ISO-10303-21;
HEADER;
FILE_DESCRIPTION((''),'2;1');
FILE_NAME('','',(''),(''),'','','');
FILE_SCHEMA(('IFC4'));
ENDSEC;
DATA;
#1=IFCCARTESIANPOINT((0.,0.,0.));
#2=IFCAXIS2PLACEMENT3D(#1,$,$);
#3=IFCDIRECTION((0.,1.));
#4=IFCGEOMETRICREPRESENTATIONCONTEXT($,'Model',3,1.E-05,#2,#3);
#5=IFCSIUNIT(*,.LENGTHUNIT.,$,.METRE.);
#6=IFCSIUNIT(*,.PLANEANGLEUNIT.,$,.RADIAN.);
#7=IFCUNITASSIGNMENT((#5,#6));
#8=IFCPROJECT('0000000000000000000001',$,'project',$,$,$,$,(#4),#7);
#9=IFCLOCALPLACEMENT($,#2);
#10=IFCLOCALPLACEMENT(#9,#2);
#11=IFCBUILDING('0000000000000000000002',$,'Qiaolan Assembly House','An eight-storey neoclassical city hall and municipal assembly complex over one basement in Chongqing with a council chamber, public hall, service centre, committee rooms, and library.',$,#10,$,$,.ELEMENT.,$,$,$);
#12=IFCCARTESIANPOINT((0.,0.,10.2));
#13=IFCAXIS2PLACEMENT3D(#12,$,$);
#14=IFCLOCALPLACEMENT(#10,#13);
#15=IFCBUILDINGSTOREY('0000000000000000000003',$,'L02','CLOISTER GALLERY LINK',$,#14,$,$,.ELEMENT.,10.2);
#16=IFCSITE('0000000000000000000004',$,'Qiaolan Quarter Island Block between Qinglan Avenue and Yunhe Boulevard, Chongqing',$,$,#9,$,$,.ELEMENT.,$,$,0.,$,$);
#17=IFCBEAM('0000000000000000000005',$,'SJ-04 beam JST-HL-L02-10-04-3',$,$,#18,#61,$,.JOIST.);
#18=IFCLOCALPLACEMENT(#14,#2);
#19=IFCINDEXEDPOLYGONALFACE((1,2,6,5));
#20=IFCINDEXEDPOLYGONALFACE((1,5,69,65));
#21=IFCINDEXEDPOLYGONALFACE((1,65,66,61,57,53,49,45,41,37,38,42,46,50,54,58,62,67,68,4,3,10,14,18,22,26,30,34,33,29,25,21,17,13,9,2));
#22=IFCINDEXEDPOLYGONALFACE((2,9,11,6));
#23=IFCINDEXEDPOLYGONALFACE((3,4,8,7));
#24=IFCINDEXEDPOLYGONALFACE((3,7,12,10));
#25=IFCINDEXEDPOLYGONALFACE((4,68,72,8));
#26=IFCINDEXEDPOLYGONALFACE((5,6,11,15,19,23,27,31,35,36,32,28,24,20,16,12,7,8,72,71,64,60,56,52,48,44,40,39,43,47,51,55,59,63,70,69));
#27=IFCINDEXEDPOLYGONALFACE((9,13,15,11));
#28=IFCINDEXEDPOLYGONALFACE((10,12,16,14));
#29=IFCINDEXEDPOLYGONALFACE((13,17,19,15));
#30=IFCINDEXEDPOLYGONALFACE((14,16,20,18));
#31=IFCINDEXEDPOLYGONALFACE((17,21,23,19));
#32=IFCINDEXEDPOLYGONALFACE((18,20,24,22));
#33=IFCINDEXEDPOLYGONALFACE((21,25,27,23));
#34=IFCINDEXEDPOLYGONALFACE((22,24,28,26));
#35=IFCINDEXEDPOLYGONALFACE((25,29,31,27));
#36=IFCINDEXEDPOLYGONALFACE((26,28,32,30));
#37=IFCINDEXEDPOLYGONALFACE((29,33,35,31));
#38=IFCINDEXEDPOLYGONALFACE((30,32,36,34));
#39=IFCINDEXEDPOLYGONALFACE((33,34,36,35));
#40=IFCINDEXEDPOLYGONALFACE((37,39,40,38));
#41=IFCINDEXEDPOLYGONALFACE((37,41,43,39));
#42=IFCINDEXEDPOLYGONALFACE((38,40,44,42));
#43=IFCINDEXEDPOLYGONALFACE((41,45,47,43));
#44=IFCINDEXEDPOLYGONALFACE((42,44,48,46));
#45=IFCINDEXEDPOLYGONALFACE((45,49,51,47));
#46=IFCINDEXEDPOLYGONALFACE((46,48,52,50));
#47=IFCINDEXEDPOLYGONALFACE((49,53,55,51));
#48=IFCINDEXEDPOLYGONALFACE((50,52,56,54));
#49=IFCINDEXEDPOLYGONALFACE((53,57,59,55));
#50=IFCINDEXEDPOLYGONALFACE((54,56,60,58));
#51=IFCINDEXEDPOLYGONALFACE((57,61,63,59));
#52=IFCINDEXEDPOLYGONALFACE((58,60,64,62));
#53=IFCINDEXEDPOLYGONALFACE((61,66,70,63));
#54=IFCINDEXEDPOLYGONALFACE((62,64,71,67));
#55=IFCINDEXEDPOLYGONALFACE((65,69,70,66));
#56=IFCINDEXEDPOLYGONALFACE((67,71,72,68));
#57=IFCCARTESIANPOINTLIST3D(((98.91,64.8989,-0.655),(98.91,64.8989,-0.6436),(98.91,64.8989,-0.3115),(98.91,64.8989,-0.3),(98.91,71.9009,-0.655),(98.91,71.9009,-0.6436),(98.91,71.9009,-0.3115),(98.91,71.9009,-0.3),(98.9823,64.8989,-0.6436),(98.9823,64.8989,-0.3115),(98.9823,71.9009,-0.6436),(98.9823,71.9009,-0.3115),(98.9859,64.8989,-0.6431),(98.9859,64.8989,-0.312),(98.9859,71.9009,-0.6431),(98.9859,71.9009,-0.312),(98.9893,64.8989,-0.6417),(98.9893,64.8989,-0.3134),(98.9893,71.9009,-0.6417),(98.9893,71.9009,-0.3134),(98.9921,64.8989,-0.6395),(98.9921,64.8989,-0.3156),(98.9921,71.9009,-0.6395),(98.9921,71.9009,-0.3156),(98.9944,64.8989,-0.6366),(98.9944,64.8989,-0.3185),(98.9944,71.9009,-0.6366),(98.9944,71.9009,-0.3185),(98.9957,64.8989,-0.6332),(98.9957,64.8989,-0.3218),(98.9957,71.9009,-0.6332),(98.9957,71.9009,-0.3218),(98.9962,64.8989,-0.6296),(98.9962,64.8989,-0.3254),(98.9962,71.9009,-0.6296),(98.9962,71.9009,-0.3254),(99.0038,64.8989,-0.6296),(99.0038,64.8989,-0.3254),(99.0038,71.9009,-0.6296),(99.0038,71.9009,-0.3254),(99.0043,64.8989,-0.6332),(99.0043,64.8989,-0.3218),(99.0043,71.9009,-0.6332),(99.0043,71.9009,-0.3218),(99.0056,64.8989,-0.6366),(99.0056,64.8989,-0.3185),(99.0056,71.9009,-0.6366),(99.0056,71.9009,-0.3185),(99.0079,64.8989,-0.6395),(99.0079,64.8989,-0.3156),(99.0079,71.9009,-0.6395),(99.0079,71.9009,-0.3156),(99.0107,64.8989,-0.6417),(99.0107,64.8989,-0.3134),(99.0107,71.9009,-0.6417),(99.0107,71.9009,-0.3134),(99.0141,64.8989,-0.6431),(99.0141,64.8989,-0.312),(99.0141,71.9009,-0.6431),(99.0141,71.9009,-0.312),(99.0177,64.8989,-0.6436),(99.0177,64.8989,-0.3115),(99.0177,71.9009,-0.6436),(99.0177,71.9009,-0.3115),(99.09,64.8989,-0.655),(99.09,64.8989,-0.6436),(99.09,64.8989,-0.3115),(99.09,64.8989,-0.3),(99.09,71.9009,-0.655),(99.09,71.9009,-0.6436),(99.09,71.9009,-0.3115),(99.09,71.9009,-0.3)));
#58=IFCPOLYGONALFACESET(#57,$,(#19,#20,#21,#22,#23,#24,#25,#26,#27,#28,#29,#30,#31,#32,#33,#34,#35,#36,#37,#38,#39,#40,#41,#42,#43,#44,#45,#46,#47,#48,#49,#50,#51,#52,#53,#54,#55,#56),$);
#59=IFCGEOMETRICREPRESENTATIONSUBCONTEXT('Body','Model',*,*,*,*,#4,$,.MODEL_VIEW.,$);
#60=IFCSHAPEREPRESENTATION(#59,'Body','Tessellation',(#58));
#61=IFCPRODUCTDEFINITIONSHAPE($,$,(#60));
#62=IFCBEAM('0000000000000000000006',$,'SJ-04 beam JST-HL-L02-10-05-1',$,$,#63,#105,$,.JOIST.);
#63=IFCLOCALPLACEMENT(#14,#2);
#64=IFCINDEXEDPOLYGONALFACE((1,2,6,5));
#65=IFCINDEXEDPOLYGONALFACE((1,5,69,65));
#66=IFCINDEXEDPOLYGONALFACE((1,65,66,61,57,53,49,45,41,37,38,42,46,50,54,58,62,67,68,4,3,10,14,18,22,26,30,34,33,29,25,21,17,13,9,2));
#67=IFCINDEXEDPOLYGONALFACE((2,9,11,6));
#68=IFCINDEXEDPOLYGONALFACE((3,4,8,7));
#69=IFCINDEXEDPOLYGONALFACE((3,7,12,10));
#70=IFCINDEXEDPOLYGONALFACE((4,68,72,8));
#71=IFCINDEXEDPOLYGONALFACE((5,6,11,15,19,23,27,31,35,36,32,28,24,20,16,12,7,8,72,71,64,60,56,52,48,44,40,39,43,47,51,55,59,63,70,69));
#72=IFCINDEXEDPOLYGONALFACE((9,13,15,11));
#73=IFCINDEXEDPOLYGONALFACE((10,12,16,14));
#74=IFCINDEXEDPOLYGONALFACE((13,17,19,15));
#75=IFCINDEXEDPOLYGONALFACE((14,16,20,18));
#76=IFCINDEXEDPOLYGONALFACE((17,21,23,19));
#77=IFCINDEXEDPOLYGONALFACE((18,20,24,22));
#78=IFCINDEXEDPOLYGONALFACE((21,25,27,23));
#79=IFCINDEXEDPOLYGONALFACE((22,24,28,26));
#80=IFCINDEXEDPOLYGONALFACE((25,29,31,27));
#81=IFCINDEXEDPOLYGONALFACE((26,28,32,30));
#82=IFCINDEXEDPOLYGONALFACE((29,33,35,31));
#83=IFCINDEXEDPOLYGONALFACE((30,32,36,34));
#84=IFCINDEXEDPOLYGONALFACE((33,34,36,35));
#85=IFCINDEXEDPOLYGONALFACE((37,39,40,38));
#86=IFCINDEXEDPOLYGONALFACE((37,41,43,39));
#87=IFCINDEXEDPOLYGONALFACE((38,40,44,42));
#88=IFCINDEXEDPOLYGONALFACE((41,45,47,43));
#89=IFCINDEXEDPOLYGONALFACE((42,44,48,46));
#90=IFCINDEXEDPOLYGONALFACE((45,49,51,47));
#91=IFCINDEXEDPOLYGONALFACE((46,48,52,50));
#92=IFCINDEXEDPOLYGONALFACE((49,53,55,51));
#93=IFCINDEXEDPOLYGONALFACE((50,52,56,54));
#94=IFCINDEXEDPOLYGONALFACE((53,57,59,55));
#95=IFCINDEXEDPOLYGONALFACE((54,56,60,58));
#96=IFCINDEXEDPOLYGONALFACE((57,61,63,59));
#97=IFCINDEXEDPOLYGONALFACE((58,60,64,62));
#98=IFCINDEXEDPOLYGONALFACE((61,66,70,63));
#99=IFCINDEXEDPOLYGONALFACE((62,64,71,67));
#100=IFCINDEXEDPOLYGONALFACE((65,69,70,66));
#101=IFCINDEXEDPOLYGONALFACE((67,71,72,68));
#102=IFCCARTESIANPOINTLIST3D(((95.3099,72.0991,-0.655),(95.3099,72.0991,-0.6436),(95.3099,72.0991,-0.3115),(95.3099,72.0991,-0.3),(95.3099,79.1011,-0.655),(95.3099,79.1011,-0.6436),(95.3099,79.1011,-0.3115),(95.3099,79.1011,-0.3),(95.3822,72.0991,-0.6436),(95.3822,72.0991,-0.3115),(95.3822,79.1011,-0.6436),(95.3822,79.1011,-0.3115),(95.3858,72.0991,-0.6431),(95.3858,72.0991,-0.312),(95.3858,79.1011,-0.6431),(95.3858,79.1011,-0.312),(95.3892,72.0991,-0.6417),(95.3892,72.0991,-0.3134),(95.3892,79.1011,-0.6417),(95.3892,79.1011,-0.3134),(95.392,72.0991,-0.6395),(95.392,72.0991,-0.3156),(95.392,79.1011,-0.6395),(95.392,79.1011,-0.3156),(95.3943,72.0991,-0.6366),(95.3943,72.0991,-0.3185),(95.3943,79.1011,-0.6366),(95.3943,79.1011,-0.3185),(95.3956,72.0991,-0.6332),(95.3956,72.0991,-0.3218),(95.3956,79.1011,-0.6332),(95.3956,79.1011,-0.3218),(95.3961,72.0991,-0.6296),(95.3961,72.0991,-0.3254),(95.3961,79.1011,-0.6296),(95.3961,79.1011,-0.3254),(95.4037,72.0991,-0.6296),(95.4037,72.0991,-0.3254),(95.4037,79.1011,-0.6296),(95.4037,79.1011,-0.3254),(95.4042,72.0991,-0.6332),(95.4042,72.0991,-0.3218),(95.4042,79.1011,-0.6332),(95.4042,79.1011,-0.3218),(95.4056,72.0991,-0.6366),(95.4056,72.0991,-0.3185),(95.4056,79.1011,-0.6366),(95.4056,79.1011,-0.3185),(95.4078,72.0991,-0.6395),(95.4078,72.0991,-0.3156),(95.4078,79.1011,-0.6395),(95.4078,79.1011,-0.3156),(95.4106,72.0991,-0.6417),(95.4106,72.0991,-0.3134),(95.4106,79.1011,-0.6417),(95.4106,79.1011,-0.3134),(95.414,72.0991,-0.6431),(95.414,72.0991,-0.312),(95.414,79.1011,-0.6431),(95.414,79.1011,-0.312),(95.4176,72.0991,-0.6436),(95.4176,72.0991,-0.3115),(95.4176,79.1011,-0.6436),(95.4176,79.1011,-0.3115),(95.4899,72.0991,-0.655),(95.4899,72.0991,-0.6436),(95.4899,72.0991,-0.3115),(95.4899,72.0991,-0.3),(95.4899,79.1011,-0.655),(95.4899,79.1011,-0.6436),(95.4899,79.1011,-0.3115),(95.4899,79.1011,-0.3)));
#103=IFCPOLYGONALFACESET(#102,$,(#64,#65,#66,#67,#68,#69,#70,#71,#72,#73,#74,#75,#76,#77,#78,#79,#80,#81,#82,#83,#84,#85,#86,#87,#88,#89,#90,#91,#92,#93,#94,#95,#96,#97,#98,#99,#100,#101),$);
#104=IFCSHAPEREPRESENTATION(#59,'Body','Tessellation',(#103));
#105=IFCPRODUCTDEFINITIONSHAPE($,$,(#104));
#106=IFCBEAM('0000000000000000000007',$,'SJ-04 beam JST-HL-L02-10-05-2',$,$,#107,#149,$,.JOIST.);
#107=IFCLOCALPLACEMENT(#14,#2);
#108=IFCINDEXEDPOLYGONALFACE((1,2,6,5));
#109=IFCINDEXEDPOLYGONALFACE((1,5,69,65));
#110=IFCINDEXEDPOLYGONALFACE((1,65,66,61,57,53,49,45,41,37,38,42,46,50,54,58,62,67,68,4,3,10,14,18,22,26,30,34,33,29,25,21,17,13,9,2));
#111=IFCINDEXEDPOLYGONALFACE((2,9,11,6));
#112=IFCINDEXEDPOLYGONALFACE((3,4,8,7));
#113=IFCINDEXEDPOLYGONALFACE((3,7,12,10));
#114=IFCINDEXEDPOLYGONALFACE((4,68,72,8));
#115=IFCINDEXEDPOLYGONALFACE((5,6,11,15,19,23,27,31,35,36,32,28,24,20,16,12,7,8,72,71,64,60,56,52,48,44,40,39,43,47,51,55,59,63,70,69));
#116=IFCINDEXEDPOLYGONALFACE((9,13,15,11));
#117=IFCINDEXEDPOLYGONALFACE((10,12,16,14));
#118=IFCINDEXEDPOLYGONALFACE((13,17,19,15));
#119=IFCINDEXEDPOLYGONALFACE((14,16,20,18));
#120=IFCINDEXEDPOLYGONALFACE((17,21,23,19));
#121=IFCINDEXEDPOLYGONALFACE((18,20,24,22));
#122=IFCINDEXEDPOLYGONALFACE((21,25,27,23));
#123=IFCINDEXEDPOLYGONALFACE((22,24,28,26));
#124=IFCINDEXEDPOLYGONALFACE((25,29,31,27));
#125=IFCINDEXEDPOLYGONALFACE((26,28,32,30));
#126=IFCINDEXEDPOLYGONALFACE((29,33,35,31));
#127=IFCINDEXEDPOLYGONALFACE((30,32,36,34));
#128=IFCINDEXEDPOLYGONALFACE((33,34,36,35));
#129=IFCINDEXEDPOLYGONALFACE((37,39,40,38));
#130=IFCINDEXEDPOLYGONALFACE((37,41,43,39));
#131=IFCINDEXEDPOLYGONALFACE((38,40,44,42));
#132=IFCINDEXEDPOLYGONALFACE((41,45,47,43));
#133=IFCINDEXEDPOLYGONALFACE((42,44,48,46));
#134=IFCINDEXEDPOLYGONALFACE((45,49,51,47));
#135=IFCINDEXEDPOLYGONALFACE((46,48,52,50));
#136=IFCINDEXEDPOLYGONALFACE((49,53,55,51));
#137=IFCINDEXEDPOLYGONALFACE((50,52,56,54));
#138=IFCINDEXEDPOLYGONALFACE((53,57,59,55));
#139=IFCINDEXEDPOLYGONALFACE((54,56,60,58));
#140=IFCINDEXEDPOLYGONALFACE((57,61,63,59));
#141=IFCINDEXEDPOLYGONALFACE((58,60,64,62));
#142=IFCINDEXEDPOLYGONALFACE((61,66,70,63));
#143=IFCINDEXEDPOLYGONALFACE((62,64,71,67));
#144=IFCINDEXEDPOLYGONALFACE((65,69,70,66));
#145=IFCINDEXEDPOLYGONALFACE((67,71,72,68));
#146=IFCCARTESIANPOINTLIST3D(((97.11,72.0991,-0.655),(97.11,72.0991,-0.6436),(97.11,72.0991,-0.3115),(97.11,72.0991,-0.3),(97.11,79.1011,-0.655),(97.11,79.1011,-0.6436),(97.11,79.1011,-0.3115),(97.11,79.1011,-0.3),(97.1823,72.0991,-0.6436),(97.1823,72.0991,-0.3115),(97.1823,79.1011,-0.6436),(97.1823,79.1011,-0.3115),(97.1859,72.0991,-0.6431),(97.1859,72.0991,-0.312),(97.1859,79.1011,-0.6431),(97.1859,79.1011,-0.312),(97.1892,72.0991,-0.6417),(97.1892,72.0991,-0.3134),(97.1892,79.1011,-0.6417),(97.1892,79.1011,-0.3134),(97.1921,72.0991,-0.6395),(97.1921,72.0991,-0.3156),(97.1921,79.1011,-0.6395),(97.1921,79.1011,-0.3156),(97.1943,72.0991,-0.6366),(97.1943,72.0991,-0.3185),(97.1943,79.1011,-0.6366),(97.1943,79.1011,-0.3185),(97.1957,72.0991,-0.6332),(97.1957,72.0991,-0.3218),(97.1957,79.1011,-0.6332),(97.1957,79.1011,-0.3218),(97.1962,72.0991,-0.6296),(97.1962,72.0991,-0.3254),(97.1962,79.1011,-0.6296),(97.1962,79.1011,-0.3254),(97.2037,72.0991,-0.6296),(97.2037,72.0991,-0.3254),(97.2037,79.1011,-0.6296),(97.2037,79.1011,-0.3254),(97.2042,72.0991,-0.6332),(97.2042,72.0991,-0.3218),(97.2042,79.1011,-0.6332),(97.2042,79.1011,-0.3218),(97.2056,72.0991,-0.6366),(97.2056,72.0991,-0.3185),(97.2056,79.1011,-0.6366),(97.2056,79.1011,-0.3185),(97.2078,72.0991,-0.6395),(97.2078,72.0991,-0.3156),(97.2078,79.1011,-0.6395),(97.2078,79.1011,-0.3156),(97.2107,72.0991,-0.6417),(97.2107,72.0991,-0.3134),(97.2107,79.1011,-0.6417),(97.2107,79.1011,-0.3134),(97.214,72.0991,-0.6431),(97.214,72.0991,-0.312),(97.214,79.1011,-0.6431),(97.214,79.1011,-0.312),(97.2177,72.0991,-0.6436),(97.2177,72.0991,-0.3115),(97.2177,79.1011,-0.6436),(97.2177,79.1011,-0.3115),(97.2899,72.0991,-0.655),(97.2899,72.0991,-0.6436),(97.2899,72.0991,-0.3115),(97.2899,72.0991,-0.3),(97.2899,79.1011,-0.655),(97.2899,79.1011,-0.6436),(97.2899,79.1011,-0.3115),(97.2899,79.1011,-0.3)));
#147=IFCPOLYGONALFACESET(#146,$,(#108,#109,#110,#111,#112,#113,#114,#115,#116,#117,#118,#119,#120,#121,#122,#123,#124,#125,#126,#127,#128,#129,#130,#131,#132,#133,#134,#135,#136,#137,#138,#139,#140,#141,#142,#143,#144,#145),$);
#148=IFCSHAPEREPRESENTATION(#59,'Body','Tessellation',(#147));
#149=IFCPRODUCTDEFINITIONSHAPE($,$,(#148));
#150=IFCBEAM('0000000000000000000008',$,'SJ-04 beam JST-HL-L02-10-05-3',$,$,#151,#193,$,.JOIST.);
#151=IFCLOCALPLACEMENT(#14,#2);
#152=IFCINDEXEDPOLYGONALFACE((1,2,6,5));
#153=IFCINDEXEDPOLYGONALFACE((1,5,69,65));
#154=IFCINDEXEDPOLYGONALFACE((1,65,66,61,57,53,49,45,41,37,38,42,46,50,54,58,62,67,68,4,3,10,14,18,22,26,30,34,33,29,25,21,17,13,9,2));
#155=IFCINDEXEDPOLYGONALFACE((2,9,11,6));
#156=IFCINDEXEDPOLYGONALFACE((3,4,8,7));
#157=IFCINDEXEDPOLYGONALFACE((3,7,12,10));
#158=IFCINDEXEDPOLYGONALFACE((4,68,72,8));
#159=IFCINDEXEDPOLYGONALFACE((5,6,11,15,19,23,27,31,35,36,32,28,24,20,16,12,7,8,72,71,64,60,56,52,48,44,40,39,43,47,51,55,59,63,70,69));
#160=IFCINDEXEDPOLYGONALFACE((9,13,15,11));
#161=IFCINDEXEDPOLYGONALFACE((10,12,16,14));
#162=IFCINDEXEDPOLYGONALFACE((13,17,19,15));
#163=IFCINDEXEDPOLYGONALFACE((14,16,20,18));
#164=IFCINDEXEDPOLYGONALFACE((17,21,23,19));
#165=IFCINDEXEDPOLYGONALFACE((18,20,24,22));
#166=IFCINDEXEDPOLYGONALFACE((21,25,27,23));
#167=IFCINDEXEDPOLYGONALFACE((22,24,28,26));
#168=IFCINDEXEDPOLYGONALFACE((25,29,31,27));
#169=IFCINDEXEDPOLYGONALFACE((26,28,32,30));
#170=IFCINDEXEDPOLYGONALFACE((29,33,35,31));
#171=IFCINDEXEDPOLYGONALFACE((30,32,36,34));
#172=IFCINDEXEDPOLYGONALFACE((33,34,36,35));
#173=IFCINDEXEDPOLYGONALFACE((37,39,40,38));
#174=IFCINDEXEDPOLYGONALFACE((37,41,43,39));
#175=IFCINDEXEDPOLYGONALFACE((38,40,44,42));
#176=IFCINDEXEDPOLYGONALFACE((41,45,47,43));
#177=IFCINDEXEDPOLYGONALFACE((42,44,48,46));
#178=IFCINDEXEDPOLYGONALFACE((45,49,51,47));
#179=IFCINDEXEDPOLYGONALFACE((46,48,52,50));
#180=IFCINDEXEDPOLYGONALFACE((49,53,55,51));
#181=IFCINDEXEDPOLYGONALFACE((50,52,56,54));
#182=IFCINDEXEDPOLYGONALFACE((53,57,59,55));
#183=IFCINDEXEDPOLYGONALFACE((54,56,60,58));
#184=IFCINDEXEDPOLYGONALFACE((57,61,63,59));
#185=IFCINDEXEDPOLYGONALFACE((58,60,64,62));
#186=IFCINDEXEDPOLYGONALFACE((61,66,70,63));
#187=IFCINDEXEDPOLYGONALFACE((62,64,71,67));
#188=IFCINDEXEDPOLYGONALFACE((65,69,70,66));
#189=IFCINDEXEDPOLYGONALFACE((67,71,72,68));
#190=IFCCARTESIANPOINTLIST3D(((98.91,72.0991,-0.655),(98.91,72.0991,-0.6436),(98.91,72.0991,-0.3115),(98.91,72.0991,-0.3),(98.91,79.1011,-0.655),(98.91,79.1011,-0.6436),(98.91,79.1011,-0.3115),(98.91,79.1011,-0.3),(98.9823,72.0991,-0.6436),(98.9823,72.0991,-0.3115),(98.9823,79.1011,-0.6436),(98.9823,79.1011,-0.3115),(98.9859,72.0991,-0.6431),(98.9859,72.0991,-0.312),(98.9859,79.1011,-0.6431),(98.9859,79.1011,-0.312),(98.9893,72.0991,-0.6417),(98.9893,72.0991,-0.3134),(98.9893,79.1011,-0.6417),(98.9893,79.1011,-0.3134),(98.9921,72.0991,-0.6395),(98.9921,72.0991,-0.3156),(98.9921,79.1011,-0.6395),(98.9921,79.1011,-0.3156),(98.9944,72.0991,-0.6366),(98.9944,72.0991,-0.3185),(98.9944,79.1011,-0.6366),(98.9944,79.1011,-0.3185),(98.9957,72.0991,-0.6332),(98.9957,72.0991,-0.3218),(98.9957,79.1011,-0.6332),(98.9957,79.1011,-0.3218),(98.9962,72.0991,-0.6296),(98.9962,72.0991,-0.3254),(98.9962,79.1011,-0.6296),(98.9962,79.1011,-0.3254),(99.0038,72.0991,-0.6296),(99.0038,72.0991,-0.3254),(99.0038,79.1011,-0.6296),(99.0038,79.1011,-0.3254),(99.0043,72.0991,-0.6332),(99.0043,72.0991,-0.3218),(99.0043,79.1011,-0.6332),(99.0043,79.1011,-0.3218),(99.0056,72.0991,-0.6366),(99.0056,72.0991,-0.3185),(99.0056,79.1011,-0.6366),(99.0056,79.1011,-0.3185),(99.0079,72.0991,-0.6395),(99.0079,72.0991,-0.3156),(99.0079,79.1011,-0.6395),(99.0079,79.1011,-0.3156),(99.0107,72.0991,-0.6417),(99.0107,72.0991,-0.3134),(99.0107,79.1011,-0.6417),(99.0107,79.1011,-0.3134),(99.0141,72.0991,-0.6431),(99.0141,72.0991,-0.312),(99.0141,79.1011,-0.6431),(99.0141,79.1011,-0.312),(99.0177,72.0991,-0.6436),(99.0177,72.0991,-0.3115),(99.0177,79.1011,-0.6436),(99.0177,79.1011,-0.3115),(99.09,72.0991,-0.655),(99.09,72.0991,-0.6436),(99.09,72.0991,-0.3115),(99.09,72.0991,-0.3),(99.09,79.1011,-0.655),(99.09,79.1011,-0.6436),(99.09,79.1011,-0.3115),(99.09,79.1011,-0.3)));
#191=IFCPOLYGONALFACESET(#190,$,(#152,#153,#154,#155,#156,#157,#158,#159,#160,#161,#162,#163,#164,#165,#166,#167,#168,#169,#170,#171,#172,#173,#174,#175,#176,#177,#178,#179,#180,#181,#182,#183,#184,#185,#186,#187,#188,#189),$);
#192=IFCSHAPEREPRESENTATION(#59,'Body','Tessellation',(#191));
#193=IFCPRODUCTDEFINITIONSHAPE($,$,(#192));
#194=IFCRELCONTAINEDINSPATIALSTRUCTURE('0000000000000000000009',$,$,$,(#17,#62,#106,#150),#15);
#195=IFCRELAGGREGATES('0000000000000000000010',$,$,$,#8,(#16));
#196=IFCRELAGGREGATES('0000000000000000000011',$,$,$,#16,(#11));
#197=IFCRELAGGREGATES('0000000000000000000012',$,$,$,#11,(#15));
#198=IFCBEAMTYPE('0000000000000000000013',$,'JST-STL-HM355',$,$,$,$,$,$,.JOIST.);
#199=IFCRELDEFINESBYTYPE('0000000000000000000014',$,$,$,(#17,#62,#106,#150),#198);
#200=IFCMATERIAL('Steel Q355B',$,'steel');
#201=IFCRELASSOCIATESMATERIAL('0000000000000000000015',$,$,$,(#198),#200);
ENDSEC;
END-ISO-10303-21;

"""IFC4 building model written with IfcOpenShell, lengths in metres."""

from ifc_helpers import new_model, si_unit, direction, frame, origin, origin_2d, place, context, subcontext, project, spatial, i_section, extrude, material, material_profile, profile_set, type_object, element, save


model = new_model("IFC4")

# Units and contexts
model_context = context("Model", 3, precision=1e-05, world=origin(), true_north=direction((0.0, 1.0)))
body_context = subcontext(model_context, "Body", "Model", "MODEL_VIEW")
ifc_project = project(units=[si_unit("LENGTHUNIT", "METRE"), si_unit("PLANEANGLEUNIT", "RADIAN")], contexts=[model_context])

# Site, building, storey
site_placement = place(None, origin())
site = spatial("IfcSite", under=ifc_project, at=site_placement, Name="Qiaolan Quarter Island Block between Qinglan Avenue and Yunhe Boulevard, Chongqing", CompositionType="ELEMENT", RefElevation=0.0)
building_placement = place(site_placement, origin())
building = spatial("IfcBuilding", under=site, at=building_placement, Name="Qiaolan Assembly House", Description="An eight-storey neoclassical city hall and municipal assembly complex over one basement in Chongqing with a council chamber, public hall, service centre, committee rooms, and library.", CompositionType="ELEMENT")
storey_placement = place(building_placement, frame((0.0, 0.0, 10.2)))
storey = spatial("IfcBuildingStorey", under=building, at=storey_placement, Name="L02", Description="CLOISTER GALLERY LINK", CompositionType="ELEMENT", Elevation=10.2)

# Shared definitions
ifc_material = material(Name="Steel Q355B", Category="steel")

# Beams
ifc_material_profile_1 = material_profile(ifc_material, i_section(OverallWidth=0.1799, OverallDepth=0.355, WebThickness=0.0076, FlangeThickness=0.0115, FilletRadius=0.0139, at=origin_2d()), Name="HM 355x180x7.5x11.5")
ifc_profile_set_1 = profile_set([ifc_material_profile_1], Name="Steel Q355B")
beam_type_1 = type_object("IfcBeamType", Name="JST-STL-HM355", PredefinedType="JOIST", material=ifc_profile_set_1)
for number, where, z_axis, x_axis, name in (
    (1, (99.0, 64.8989, -0.4775), (0.0, 1.0, 0.0), (-1.0, 0.0, 0.0), "SJ-04 beam JST-HL-L02-10-04-3"),
    (2, (95.3999, 72.0991, -0.4775), (0.0, 1.0, 0.0), (-1.0, 0.0, 0.0), "SJ-04 beam JST-HL-L02-10-05-1"),
    (3, (97.2, 72.0991, -0.4775), (0.0, 1.0, 0.0), (-1.0, 0.0, 0.0), "SJ-04 beam JST-HL-L02-10-05-2"),
    (4, (99.0, 72.0991, -0.4775), (0.0, 1.0, 0.0), (-1.0, 0.0, 0.0), "SJ-04 beam JST-HL-L02-10-05-3"),
):
    element("IfcBeam", number, at=place(storey_placement, frame(where, z_axis=z_axis, x_axis=x_axis)), inside=storey, type_object=beam_type_1, Name=name, PredefinedType="JOIST", context=body_context, shape_type="SweptSolid", body=[
        extrude(i_section(OverallWidth=0.1799, OverallDepth=0.355, WebThickness=0.0076, FlangeThickness=0.0115, FilletRadius=0.0139, at=origin_2d()), origin(), (0.0, 0.0, 1.0), 7.002),
    ])

save(model, "model.ifc")
